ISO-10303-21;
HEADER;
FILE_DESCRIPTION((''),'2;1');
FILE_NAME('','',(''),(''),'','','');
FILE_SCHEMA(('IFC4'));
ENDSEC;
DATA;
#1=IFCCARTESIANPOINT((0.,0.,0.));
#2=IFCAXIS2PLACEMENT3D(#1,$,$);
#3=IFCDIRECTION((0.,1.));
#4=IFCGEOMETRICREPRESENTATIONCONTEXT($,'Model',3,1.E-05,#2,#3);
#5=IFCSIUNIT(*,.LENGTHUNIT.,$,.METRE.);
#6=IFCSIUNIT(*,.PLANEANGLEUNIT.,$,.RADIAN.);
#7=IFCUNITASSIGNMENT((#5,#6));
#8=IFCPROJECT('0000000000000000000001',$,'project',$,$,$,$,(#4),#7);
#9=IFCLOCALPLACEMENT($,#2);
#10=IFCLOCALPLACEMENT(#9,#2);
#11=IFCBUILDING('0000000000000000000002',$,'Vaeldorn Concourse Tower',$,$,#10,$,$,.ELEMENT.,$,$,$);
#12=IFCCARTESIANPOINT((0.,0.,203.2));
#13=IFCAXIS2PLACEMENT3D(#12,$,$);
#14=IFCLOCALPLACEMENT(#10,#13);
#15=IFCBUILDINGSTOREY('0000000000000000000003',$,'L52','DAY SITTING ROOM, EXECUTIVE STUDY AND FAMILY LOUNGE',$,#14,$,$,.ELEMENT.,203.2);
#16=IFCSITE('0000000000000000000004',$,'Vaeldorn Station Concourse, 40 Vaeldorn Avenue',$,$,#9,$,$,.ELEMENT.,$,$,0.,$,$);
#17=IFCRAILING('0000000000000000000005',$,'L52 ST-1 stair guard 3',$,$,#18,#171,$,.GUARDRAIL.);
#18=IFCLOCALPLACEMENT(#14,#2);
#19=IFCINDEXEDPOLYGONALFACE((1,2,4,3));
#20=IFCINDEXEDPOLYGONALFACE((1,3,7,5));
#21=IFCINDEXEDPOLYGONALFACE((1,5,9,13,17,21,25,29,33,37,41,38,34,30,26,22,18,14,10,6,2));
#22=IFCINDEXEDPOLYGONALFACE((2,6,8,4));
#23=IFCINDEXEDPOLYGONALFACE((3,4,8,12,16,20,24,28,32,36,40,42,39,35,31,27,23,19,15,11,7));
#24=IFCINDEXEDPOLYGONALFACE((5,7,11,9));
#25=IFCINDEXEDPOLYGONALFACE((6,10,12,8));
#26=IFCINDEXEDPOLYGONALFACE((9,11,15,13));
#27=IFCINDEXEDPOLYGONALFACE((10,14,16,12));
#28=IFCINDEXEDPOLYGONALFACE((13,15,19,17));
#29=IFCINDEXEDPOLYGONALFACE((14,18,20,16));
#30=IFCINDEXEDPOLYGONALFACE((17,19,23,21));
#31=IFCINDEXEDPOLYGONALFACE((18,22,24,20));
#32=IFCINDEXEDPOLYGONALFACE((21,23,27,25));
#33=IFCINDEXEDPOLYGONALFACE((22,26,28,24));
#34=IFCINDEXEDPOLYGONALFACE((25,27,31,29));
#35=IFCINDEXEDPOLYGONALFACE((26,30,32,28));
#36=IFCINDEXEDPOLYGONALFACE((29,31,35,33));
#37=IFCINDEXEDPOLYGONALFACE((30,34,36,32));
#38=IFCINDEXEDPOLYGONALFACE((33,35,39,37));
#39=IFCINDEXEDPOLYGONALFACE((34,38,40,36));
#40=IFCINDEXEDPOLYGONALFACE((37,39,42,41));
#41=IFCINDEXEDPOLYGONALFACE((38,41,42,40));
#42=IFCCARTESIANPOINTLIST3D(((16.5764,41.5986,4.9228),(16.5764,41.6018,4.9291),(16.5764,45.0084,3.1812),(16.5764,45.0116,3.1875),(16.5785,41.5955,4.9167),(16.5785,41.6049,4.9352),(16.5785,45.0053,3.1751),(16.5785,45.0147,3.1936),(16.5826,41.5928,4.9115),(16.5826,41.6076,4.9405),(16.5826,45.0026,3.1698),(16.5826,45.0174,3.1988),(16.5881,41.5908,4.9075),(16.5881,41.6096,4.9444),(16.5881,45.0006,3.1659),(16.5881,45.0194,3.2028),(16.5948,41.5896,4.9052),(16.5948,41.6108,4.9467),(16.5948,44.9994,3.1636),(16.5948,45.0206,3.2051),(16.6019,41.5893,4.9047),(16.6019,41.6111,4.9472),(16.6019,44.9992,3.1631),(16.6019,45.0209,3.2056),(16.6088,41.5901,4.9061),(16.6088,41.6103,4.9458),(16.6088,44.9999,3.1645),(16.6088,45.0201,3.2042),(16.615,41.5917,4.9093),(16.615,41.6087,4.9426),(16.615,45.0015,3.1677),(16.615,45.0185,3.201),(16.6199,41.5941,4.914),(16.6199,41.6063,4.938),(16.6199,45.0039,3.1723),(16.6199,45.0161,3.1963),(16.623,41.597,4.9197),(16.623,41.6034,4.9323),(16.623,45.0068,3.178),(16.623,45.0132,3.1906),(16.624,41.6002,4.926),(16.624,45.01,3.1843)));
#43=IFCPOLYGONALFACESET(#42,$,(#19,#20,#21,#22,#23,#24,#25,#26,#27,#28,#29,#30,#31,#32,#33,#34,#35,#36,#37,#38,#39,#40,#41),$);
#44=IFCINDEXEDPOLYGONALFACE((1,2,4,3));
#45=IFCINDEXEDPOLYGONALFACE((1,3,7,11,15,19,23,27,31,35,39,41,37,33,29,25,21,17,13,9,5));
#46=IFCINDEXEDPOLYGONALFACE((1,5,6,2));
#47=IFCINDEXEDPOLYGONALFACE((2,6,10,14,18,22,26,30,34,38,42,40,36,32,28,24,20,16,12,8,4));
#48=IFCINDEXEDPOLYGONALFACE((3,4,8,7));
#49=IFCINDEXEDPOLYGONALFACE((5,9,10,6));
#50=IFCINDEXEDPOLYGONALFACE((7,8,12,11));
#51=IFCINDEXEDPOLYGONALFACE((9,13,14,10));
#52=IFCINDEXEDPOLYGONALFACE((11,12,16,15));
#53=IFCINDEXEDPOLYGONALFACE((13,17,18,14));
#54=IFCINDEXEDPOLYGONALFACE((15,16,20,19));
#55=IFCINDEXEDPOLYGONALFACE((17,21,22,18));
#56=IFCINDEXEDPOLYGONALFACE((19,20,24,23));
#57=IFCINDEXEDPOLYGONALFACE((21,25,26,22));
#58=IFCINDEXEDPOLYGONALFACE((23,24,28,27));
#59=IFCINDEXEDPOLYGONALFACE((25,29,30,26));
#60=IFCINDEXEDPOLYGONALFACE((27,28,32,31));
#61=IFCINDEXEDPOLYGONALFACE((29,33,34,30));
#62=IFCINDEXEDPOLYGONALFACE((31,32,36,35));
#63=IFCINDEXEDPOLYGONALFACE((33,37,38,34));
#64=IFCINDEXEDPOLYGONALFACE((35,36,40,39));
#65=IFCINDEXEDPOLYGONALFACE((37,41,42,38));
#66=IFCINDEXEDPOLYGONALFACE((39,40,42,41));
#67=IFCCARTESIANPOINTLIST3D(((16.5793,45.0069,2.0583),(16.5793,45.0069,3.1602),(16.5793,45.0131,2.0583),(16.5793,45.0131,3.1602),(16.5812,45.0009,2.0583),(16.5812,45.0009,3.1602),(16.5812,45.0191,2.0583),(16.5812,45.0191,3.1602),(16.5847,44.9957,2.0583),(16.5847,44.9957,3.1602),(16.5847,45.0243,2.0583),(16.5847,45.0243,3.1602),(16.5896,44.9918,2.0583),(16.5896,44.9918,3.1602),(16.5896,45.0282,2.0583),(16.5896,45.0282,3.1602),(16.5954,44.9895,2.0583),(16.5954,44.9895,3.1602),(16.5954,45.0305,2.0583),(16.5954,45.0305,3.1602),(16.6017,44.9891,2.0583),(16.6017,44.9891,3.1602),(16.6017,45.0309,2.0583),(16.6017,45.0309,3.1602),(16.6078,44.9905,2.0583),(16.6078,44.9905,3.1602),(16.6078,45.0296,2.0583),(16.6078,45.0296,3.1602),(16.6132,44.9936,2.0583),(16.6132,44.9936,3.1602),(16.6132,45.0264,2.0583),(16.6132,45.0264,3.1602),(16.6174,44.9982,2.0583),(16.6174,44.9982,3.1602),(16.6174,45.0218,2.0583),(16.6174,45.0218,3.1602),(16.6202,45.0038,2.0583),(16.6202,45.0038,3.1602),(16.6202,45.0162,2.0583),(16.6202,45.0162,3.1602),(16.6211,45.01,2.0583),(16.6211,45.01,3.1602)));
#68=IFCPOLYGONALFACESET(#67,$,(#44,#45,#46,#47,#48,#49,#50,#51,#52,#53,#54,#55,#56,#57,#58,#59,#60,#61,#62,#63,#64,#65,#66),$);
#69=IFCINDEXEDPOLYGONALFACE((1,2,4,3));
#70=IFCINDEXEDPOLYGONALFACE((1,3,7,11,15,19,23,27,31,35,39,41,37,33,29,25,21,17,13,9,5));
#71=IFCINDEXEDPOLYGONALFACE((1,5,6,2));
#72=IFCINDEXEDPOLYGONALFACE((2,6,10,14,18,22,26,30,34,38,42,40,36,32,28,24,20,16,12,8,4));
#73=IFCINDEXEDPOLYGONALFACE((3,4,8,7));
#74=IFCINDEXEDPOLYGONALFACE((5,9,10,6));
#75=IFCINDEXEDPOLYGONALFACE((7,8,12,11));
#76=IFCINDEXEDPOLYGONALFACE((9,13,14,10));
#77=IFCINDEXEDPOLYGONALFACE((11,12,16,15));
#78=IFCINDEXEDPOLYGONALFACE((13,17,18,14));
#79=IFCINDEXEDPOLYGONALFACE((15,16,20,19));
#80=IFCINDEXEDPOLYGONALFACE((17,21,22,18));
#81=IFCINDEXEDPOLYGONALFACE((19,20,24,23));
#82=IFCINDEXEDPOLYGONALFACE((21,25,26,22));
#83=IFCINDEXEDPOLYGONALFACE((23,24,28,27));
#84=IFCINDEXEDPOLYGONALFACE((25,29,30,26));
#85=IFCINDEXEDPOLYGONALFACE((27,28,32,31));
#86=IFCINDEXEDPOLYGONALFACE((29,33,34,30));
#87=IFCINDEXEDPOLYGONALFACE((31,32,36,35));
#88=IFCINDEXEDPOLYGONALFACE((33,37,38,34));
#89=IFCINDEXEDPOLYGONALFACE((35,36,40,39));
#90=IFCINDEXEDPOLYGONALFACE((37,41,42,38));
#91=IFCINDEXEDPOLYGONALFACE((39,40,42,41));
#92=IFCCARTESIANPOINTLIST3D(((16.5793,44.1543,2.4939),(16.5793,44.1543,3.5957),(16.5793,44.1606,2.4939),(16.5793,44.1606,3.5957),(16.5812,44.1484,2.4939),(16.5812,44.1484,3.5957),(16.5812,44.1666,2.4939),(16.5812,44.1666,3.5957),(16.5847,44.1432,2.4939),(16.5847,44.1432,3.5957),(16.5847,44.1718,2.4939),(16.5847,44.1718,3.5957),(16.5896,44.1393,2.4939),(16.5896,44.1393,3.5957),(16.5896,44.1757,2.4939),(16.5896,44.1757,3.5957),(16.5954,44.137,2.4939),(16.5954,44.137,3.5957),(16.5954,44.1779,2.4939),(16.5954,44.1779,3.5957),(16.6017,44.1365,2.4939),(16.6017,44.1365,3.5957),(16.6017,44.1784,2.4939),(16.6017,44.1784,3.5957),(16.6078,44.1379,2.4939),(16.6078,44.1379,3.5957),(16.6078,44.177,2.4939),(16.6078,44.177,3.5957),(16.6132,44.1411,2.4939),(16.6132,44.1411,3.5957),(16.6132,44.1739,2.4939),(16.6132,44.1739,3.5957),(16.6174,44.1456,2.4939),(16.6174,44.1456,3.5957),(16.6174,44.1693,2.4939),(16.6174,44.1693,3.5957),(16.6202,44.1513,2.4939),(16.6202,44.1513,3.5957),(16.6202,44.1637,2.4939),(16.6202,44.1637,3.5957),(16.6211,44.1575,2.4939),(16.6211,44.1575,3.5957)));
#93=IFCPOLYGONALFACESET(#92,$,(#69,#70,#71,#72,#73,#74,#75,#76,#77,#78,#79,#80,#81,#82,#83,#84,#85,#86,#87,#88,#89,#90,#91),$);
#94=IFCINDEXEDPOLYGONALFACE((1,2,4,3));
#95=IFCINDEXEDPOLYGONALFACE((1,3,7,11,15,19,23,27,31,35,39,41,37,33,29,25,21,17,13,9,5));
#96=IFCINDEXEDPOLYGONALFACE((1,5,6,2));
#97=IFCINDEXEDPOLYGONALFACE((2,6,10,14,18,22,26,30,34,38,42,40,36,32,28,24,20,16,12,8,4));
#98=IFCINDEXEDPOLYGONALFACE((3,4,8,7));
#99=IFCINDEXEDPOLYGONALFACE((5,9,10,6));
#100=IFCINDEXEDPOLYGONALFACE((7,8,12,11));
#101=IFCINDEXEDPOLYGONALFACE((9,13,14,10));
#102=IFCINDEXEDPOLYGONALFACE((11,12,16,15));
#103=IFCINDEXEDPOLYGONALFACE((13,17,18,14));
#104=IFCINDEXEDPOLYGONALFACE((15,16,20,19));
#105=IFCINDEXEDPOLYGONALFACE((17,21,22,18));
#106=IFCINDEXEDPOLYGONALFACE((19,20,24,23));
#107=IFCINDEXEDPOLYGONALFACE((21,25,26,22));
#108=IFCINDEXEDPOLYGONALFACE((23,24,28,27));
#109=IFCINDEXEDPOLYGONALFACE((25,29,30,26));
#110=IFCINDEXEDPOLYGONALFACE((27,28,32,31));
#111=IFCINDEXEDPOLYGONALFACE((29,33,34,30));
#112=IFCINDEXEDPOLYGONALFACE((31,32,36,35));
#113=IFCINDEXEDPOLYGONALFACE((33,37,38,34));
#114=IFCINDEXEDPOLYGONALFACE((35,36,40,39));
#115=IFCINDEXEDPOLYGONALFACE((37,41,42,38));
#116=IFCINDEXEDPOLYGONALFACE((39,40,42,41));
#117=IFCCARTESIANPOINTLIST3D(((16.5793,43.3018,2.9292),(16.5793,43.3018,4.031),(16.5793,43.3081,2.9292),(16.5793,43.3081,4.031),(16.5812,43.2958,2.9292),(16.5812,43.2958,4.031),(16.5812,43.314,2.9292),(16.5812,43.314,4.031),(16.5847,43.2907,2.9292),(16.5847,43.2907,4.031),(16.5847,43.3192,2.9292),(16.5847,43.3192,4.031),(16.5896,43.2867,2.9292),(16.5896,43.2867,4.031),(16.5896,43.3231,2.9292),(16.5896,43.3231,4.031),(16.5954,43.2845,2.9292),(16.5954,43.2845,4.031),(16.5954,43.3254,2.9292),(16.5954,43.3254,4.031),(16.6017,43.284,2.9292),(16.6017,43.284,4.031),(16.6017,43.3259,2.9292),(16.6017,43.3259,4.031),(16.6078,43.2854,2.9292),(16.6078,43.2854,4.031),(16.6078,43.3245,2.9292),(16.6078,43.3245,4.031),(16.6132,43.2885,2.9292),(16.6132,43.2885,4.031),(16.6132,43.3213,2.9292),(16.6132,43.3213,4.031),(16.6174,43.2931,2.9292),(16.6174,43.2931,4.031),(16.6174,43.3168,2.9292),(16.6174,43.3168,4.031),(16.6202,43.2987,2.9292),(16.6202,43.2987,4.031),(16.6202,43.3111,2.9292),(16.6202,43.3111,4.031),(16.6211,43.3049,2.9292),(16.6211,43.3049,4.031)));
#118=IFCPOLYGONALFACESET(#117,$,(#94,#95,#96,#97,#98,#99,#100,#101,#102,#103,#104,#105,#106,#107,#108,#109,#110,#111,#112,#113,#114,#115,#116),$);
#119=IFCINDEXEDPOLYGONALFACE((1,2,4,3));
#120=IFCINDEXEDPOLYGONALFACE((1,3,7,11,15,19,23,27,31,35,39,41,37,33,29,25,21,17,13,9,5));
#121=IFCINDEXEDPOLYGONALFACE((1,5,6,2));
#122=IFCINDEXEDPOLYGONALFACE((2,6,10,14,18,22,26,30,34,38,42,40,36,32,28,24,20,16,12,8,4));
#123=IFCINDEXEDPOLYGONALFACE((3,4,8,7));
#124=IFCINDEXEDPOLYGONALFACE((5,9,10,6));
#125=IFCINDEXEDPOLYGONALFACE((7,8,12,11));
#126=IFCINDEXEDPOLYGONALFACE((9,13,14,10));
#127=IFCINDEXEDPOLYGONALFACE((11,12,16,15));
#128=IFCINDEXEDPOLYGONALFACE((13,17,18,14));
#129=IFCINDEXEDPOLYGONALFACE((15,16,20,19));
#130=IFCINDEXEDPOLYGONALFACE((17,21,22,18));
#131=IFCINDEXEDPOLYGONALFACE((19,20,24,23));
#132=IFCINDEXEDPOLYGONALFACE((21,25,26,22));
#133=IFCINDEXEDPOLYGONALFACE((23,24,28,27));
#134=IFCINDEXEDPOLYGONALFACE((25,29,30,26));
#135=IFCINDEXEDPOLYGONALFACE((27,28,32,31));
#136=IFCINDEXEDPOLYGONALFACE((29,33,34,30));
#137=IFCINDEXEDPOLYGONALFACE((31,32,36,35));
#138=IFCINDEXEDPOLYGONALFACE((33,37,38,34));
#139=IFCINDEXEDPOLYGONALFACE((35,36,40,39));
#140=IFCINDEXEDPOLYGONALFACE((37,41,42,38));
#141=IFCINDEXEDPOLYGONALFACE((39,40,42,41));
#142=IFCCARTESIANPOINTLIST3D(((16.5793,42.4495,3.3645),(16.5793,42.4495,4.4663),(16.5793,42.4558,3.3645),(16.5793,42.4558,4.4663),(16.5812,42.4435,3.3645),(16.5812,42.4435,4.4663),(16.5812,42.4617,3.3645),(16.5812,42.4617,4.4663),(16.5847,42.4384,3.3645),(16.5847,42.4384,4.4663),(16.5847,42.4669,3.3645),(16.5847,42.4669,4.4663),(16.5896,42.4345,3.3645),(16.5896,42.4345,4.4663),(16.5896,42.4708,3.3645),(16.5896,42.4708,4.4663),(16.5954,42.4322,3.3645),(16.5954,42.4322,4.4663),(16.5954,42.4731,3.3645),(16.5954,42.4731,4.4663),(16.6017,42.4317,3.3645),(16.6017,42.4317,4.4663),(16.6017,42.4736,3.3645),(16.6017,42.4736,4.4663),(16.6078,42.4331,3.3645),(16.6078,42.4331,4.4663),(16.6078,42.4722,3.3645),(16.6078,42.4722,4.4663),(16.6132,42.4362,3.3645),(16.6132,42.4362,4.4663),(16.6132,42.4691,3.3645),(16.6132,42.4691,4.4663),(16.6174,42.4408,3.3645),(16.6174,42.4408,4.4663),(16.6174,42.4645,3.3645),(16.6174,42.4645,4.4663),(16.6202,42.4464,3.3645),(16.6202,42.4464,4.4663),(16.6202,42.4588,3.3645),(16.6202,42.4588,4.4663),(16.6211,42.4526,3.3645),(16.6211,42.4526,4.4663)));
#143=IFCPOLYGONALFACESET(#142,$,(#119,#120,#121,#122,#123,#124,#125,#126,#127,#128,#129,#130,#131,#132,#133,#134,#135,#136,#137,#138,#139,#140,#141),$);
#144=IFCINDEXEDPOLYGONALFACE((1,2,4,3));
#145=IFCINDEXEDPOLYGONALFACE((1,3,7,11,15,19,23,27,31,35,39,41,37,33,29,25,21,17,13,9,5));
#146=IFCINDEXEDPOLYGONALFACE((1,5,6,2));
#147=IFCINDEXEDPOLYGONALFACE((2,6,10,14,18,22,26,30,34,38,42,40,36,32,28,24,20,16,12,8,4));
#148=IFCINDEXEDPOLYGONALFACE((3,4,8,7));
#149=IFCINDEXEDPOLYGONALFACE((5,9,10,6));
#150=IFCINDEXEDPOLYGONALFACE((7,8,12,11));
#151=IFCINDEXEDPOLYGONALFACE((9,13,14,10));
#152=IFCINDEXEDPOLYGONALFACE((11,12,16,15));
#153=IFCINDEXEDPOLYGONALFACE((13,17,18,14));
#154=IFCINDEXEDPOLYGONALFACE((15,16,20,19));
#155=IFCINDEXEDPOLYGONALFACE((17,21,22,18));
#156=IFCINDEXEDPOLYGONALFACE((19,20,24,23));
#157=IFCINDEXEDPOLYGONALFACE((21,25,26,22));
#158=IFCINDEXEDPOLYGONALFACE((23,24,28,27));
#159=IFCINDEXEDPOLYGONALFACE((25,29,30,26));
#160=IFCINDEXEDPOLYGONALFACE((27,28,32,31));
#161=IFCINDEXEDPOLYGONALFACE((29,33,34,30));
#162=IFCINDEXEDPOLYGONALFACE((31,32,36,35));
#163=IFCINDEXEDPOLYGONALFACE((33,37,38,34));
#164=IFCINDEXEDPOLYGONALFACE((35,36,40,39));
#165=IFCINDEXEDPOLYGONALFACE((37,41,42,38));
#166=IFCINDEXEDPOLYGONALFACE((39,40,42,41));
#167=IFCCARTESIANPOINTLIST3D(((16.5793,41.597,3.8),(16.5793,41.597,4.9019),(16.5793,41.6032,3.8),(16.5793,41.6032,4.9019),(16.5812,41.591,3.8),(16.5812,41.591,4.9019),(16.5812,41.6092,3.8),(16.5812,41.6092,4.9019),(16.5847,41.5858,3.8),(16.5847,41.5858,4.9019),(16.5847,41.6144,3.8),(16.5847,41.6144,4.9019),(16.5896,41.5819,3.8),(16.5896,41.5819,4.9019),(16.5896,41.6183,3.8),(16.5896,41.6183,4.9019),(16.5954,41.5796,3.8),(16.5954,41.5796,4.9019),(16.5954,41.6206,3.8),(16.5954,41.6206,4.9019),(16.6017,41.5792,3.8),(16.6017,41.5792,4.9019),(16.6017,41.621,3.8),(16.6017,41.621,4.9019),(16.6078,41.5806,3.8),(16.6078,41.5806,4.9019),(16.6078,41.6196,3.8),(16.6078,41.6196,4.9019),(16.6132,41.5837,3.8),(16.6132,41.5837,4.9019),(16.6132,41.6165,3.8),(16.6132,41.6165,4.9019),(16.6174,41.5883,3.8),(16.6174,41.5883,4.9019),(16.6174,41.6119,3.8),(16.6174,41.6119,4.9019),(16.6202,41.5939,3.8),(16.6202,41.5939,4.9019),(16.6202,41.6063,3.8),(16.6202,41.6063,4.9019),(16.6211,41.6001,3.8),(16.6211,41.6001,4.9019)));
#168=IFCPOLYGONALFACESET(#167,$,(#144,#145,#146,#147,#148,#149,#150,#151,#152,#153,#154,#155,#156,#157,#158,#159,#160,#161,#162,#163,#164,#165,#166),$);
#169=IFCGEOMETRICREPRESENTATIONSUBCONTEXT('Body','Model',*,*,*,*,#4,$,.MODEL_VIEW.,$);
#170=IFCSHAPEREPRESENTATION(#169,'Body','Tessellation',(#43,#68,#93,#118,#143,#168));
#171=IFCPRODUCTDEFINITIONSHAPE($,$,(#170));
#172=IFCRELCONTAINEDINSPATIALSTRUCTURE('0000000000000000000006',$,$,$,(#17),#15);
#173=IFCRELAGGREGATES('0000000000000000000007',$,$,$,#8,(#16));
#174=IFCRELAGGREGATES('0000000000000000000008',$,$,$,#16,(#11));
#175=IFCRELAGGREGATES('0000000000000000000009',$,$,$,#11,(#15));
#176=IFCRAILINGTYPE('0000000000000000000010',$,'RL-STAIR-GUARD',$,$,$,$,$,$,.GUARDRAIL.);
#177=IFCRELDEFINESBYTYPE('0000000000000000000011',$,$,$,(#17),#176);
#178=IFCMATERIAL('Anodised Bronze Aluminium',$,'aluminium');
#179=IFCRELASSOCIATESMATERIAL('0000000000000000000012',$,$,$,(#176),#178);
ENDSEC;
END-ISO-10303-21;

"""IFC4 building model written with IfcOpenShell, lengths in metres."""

from ifc_helpers import new_model, si_unit, direction, frame, origin, origin_2d, place, context, subcontext, project, spatial, circle, extrude, material, type_object, element, save


model = new_model("IFC4")

# Units and contexts
model_context = context("Model", 3, precision=1e-05, world=origin(), true_north=direction((0.0, 1.0)))
body_context = subcontext(model_context, "Body", "Model", "MODEL_VIEW")
ifc_project = project(units=[si_unit("LENGTHUNIT", "METRE"), si_unit("PLANEANGLEUNIT", "RADIAN")], contexts=[model_context])

# Site, building, storey
site_placement = place(None, origin())
site = spatial("IfcSite", under=ifc_project, at=site_placement, Name="Vaeldorn Station Concourse, 40 Vaeldorn Avenue", CompositionType="ELEMENT", RefElevation=0.0)
building_placement = place(site_placement, origin())
building = spatial("IfcBuilding", under=site, at=building_placement, Name="Vaeldorn Concourse Tower", CompositionType="ELEMENT")
storey_placement = place(building_placement, frame((0.0, 0.0, 203.2)))
storey = spatial("IfcBuildingStorey", under=building, at=storey_placement, Name="L52", Description="DAY SITTING ROOM, EXECUTIVE STUDY AND FAMILY LOUNGE", CompositionType="ELEMENT", Elevation=203.2)

# Railing
ifc_material_1 = material(Name="Anodised Bronze Aluminium", Category="aluminium")
railing_type_1 = type_object("IfcRailingType", Name="RL-STAIR-GUARD", PredefinedType="GUARDRAIL", material=ifc_material_1)
railing_1_placement = place(storey_placement, frame((16.6001, 45.01, 2.0583)))
element("IfcRailing", 1, at=railing_1_placement, inside=storey, type_object=railing_type_1, Name="L52 ST-1 stair guard 3", PredefinedType="GUARDRAIL", context=body_context, shape_type="SweptSolid", body=[
    extrude(circle(Radius=0.0239, at=origin_2d()), frame((0.0, 0.0, 1.126), z_axis=(0.0, -0.890556, 0.454874), x_axis=(1.0, 0.0, 0.0)), (0.0, 0.0, 1.0), 3.8289),
    extrude(circle(Radius=0.021, at=origin_2d()), origin(), (0.0, 0.0, 1.0), 1.1018),
    extrude(circle(Radius=0.021, at=origin_2d()), frame((0.0, -0.8525, 0.4355)), (0.0, 0.0, 1.0), 1.1018),
    extrude(circle(Radius=0.021, at=origin_2d()), frame((0.0, -1.7051, 0.8708)), (0.0, 0.0, 1.0), 1.1018),
    extrude(circle(Radius=0.021, at=origin_2d()), frame((0.0, -2.5574, 1.3062)), (0.0, 0.0, 1.0), 1.1018),
    extrude(circle(Radius=0.021, at=origin_2d()), frame((0.0, -3.4099, 1.7417)), (0.0, 0.0, 1.0), 1.1018),
])

save(model, "model.ifc")
